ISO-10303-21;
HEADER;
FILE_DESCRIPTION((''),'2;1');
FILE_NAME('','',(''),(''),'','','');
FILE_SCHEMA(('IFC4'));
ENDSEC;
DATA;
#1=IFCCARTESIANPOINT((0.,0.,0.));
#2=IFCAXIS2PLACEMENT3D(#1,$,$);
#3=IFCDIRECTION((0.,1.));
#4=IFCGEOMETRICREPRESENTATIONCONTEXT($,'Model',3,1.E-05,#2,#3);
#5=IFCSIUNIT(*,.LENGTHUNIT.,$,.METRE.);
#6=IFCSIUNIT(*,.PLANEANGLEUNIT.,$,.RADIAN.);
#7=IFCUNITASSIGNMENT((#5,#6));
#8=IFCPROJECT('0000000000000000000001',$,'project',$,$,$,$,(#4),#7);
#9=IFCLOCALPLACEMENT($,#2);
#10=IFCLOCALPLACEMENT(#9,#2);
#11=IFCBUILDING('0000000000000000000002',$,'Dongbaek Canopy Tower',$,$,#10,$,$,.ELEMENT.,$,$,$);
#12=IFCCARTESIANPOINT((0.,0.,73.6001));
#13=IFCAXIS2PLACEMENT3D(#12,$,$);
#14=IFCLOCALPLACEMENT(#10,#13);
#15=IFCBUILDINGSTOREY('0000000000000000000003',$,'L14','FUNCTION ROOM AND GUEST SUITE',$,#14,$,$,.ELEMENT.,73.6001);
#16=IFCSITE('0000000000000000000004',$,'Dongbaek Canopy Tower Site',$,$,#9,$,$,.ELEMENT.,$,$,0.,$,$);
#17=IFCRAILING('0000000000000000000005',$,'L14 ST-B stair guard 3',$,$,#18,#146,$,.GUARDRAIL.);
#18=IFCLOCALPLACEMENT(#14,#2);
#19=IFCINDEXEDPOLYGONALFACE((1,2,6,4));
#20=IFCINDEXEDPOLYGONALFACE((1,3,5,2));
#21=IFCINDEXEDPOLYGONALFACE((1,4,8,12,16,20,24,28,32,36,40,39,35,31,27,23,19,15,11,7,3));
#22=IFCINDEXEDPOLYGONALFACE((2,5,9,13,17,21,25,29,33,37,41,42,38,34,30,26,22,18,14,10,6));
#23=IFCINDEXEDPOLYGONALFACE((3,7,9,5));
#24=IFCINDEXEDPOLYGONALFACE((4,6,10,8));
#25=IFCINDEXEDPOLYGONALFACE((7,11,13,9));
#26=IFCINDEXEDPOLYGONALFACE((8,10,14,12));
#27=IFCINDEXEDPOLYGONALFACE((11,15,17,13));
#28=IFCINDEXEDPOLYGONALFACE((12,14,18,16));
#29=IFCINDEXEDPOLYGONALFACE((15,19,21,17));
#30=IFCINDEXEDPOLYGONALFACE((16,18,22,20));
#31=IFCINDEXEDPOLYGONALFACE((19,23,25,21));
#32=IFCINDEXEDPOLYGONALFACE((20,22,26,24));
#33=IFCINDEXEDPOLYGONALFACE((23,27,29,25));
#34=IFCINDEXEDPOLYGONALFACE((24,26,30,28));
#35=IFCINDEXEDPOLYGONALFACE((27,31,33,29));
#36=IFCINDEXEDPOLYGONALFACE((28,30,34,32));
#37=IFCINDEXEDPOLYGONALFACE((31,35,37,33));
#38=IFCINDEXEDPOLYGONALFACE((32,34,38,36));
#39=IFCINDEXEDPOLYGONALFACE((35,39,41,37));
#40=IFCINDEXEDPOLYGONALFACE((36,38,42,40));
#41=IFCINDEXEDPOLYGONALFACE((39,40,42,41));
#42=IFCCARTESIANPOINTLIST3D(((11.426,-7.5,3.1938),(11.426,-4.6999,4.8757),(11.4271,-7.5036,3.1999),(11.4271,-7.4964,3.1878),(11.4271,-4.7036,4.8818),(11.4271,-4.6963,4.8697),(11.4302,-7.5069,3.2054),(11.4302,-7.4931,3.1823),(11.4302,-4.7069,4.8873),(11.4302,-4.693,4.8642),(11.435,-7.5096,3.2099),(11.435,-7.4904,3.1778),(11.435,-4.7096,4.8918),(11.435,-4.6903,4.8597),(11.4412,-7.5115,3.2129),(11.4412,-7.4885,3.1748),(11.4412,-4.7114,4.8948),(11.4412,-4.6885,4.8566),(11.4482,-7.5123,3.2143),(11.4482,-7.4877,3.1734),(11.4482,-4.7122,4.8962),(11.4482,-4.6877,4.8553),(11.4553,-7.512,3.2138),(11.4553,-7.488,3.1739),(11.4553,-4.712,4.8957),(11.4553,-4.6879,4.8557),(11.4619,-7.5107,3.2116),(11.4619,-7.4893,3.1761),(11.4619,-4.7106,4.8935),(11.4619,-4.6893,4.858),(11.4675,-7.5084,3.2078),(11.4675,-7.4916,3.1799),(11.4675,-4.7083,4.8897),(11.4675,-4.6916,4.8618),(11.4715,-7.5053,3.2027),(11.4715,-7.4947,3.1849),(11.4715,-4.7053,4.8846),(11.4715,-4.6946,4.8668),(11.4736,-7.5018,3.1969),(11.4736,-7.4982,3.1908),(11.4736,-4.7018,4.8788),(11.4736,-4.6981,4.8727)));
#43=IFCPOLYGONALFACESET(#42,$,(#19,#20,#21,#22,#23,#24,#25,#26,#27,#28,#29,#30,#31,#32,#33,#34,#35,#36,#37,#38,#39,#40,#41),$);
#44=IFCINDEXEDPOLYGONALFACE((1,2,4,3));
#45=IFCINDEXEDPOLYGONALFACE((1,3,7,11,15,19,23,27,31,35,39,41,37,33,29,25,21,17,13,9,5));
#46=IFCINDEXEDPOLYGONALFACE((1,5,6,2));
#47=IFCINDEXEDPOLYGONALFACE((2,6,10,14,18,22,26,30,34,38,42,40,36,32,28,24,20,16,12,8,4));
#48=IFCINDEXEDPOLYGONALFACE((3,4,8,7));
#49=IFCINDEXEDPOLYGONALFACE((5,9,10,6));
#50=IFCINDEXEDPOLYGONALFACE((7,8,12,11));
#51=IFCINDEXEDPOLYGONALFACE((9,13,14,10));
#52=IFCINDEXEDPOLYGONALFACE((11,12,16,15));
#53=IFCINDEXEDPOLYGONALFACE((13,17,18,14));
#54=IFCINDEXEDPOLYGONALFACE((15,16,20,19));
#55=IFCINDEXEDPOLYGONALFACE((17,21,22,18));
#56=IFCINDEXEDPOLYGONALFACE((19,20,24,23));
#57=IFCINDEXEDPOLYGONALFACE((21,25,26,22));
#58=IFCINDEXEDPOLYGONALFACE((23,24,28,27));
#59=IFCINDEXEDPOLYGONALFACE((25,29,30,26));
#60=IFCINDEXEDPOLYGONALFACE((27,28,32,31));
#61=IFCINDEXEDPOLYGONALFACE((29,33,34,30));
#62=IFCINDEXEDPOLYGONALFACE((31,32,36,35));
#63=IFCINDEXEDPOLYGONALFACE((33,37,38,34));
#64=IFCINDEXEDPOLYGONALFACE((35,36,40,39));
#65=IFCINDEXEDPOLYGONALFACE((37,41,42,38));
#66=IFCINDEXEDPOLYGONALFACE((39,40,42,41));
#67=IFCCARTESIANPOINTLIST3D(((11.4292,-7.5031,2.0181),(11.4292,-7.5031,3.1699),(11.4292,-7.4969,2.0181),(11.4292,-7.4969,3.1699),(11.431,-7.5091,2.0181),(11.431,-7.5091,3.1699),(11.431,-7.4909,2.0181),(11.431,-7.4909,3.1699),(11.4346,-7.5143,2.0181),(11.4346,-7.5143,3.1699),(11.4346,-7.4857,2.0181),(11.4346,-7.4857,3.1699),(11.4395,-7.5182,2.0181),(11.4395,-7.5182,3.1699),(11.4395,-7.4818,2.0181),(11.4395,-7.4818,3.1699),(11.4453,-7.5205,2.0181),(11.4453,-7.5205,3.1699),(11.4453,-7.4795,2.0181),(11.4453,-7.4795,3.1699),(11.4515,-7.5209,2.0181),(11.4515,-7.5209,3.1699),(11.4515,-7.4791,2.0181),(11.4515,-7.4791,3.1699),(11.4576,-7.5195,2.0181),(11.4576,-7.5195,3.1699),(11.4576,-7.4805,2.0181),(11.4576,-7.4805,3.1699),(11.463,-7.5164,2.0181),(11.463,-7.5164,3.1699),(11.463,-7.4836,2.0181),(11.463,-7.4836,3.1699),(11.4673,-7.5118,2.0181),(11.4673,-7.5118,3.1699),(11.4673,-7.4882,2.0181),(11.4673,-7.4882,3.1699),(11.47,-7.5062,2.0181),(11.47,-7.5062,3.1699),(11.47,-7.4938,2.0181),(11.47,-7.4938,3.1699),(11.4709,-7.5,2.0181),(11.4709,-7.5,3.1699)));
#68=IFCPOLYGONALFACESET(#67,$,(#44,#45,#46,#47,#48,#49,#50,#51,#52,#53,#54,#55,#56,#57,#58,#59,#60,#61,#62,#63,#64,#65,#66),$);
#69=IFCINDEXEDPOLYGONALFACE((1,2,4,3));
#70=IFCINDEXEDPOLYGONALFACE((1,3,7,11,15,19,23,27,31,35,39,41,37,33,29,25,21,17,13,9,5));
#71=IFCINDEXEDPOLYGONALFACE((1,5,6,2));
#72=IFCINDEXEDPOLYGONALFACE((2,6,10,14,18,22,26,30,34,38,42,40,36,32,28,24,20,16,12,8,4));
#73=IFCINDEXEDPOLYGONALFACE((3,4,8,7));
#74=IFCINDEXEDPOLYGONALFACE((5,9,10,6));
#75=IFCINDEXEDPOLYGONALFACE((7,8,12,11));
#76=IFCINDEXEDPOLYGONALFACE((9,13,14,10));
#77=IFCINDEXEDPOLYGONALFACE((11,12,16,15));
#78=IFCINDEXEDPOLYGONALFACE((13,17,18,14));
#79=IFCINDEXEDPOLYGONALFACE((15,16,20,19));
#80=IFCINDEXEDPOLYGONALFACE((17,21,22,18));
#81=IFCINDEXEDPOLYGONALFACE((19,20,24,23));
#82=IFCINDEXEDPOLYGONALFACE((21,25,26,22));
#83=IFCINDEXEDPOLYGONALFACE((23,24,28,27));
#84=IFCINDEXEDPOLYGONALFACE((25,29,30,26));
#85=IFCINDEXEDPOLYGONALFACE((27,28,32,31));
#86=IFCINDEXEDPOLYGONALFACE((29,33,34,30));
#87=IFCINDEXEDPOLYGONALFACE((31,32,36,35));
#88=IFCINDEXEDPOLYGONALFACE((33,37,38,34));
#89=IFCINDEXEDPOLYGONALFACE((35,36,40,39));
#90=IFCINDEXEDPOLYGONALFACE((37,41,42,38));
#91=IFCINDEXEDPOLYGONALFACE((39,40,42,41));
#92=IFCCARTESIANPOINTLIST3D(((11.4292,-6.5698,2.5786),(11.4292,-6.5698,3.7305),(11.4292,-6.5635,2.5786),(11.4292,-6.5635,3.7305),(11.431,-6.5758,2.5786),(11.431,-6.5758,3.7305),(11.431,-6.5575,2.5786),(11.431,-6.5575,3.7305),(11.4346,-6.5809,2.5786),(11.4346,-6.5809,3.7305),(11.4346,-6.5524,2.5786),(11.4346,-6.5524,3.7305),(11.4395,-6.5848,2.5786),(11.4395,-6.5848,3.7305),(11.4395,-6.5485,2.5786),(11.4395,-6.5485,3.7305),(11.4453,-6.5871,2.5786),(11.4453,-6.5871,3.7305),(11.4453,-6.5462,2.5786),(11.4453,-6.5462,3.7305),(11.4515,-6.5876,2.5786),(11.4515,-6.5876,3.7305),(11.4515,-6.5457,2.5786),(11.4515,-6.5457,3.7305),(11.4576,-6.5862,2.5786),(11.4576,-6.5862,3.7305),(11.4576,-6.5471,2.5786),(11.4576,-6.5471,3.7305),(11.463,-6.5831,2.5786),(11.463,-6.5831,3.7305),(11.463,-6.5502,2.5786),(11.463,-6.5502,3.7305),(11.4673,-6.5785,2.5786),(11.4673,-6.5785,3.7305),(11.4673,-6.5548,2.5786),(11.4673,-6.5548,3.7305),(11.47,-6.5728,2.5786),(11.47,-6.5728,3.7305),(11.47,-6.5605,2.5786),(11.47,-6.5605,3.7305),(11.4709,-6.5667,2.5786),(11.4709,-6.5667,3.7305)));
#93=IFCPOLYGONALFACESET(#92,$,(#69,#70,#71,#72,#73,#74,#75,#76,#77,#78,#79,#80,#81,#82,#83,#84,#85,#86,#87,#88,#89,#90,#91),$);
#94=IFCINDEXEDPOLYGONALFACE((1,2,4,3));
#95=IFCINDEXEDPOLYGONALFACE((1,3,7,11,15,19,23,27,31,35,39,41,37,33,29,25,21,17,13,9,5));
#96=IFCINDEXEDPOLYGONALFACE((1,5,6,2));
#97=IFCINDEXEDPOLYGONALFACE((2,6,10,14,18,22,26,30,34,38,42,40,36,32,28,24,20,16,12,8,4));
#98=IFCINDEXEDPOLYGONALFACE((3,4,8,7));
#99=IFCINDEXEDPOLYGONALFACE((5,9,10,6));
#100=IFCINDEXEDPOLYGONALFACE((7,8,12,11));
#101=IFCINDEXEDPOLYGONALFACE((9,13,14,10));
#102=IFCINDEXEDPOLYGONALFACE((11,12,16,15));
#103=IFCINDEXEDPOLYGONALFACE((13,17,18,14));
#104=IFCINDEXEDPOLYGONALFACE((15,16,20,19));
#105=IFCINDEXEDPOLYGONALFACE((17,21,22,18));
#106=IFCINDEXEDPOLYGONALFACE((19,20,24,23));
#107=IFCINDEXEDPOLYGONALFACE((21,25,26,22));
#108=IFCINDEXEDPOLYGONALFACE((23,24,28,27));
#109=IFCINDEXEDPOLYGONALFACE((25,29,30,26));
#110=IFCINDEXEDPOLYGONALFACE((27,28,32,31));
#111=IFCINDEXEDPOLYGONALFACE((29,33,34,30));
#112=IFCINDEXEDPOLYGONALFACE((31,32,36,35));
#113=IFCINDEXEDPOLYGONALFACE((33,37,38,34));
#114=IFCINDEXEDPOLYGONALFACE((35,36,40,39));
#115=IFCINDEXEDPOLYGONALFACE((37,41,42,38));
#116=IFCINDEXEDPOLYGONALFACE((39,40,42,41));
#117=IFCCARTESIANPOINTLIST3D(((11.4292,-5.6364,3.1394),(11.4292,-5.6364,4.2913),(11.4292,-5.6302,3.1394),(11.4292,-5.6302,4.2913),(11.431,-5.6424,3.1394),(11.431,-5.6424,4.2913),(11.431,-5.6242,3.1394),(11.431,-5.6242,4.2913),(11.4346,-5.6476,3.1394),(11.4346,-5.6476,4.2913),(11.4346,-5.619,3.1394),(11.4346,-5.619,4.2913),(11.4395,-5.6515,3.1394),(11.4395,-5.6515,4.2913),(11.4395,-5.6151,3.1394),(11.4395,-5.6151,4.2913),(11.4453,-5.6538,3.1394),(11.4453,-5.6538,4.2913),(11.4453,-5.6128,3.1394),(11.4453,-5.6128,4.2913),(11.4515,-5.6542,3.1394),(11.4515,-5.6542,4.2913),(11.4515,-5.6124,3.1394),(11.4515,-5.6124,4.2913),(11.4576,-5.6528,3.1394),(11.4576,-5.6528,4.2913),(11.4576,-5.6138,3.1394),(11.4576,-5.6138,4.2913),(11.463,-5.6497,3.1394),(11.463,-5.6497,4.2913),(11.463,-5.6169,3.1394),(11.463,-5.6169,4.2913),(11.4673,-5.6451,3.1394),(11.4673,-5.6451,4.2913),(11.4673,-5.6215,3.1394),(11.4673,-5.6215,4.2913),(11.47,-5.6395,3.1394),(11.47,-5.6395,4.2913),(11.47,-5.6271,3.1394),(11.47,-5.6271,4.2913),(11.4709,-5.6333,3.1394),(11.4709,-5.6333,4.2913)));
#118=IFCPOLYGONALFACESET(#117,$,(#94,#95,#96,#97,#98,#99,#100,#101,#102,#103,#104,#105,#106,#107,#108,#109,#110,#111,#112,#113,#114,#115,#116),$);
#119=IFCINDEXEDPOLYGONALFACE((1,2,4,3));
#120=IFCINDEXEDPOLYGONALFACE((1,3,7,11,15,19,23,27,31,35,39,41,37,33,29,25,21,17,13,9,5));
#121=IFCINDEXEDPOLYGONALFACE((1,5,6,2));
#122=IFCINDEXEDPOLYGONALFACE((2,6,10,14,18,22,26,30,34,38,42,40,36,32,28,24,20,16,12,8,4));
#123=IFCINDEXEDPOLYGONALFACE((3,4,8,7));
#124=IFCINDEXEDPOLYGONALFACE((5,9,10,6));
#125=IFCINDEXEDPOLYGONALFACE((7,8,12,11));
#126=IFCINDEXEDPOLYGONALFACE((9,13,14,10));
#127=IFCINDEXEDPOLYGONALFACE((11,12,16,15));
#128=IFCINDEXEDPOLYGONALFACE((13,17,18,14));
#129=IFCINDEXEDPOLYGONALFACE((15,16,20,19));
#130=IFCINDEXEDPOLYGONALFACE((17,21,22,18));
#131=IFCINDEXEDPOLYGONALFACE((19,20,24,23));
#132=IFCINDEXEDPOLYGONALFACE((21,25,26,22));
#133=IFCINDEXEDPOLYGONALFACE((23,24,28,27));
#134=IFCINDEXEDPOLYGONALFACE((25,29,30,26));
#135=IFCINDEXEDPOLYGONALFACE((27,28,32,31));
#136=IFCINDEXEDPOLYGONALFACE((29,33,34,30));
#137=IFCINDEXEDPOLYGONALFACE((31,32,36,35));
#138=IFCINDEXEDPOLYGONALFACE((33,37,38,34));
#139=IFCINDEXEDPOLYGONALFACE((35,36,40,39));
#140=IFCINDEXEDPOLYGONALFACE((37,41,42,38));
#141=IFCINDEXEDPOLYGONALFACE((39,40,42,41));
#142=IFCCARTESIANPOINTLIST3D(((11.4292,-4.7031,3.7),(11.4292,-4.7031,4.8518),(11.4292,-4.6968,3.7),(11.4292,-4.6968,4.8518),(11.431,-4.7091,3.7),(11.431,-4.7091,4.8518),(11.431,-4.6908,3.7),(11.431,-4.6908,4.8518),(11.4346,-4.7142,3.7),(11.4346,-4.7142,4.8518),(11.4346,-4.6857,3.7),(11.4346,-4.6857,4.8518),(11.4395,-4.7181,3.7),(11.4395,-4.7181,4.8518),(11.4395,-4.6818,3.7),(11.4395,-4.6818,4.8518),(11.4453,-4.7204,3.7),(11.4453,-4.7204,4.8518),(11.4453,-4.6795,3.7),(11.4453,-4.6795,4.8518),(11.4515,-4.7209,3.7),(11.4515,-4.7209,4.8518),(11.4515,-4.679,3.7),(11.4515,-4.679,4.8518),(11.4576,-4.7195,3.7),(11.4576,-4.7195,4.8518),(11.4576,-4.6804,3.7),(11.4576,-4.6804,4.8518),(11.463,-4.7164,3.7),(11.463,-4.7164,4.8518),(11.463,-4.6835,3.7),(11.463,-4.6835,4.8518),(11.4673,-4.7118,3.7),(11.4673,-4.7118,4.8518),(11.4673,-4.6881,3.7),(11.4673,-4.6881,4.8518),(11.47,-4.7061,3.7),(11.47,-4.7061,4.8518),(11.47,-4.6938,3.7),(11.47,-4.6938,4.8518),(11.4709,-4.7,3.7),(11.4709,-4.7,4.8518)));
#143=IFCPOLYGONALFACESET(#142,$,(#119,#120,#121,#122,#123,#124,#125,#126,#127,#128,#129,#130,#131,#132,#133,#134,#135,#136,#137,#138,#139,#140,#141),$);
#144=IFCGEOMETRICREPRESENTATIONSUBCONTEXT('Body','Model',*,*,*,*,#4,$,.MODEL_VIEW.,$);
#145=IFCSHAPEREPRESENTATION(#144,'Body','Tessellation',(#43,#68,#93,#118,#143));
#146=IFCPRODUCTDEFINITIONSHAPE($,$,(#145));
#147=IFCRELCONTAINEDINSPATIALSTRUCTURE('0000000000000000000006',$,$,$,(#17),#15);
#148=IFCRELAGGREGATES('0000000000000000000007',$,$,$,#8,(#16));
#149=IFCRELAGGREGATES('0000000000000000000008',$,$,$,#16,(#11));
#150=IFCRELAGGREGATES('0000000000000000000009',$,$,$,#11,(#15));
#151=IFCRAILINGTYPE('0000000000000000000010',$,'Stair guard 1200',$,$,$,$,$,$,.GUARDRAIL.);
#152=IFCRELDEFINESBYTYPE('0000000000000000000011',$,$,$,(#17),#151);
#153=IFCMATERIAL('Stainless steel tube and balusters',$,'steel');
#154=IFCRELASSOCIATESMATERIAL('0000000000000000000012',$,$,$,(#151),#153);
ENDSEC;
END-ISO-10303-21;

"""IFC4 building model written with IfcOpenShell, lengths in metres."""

from ifc_helpers import new_model, si_unit, direction, frame, origin, origin_2d, place, context, subcontext, project, spatial, circle, extrude, material, type_object, element, save


model = new_model("IFC4")

# Units and contexts
model_context = context("Model", 3, precision=1e-05, world=origin(), true_north=direction((0.0, 1.0)))
body_context = subcontext(model_context, "Body", "Model", "MODEL_VIEW")
ifc_project = project(units=[si_unit("LENGTHUNIT", "METRE"), si_unit("PLANEANGLEUNIT", "RADIAN")], contexts=[model_context])

# Site, building, storey
site_placement = place(None, origin())
site = spatial("IfcSite", under=ifc_project, at=site_placement, Name="Dongbaek Canopy Tower Site", CompositionType="ELEMENT", RefElevation=0.0)
building_placement = place(site_placement, origin())
building = spatial("IfcBuilding", under=site, at=building_placement, Name="Dongbaek Canopy Tower", CompositionType="ELEMENT")
storey_placement = place(building_placement, frame((0.0, 0.0, 73.6001)))
storey = spatial("IfcBuildingStorey", under=building, at=storey_placement, Name="L14", Description="FUNCTION ROOM AND GUEST SUITE", CompositionType="ELEMENT", Elevation=73.6001)

# Railing
ifc_material_1 = material(Name="Stainless steel tube and balusters", Category="steel")
railing_type_1 = type_object("IfcRailingType", Name="Stair guard 1200", PredefinedType="GUARDRAIL", material=ifc_material_1)
railing_1_placement = place(storey_placement, frame((11.45, -7.5, 2.0181)))
element("IfcRailing", 1, at=railing_1_placement, inside=storey, type_object=railing_type_1, Name="L14 ST-B stair guard 3", PredefinedType="GUARDRAIL", context=body_context, shape_type="SweptSolid", body=[
    extrude(circle(Radius=0.0239, at=origin_2d()), frame((0.0, 0.0, 1.1758), z_axis=(0.0, 0.857242, 0.514913), x_axis=(-1.0, 0.0, 0.0)), (0.0, 0.0, 1.0), 3.2664),
    extrude(circle(Radius=0.021, at=origin_2d()), origin(), (0.0, 0.0, 1.0), 1.1519),
    extrude(circle(Radius=0.021, at=origin_2d()), frame((0.0, 0.9333, 0.5605)), (0.0, 0.0, 1.0), 1.1519),
    extrude(circle(Radius=0.021, at=origin_2d()), frame((0.0, 1.8667, 1.1213)), (0.0, 0.0, 1.0), 1.1519),
    extrude(circle(Radius=0.021, at=origin_2d()), frame((0.0, 2.8, 1.6819)), (0.0, 0.0, 1.0), 1.1519),
])

save(model, "model.ifc")
